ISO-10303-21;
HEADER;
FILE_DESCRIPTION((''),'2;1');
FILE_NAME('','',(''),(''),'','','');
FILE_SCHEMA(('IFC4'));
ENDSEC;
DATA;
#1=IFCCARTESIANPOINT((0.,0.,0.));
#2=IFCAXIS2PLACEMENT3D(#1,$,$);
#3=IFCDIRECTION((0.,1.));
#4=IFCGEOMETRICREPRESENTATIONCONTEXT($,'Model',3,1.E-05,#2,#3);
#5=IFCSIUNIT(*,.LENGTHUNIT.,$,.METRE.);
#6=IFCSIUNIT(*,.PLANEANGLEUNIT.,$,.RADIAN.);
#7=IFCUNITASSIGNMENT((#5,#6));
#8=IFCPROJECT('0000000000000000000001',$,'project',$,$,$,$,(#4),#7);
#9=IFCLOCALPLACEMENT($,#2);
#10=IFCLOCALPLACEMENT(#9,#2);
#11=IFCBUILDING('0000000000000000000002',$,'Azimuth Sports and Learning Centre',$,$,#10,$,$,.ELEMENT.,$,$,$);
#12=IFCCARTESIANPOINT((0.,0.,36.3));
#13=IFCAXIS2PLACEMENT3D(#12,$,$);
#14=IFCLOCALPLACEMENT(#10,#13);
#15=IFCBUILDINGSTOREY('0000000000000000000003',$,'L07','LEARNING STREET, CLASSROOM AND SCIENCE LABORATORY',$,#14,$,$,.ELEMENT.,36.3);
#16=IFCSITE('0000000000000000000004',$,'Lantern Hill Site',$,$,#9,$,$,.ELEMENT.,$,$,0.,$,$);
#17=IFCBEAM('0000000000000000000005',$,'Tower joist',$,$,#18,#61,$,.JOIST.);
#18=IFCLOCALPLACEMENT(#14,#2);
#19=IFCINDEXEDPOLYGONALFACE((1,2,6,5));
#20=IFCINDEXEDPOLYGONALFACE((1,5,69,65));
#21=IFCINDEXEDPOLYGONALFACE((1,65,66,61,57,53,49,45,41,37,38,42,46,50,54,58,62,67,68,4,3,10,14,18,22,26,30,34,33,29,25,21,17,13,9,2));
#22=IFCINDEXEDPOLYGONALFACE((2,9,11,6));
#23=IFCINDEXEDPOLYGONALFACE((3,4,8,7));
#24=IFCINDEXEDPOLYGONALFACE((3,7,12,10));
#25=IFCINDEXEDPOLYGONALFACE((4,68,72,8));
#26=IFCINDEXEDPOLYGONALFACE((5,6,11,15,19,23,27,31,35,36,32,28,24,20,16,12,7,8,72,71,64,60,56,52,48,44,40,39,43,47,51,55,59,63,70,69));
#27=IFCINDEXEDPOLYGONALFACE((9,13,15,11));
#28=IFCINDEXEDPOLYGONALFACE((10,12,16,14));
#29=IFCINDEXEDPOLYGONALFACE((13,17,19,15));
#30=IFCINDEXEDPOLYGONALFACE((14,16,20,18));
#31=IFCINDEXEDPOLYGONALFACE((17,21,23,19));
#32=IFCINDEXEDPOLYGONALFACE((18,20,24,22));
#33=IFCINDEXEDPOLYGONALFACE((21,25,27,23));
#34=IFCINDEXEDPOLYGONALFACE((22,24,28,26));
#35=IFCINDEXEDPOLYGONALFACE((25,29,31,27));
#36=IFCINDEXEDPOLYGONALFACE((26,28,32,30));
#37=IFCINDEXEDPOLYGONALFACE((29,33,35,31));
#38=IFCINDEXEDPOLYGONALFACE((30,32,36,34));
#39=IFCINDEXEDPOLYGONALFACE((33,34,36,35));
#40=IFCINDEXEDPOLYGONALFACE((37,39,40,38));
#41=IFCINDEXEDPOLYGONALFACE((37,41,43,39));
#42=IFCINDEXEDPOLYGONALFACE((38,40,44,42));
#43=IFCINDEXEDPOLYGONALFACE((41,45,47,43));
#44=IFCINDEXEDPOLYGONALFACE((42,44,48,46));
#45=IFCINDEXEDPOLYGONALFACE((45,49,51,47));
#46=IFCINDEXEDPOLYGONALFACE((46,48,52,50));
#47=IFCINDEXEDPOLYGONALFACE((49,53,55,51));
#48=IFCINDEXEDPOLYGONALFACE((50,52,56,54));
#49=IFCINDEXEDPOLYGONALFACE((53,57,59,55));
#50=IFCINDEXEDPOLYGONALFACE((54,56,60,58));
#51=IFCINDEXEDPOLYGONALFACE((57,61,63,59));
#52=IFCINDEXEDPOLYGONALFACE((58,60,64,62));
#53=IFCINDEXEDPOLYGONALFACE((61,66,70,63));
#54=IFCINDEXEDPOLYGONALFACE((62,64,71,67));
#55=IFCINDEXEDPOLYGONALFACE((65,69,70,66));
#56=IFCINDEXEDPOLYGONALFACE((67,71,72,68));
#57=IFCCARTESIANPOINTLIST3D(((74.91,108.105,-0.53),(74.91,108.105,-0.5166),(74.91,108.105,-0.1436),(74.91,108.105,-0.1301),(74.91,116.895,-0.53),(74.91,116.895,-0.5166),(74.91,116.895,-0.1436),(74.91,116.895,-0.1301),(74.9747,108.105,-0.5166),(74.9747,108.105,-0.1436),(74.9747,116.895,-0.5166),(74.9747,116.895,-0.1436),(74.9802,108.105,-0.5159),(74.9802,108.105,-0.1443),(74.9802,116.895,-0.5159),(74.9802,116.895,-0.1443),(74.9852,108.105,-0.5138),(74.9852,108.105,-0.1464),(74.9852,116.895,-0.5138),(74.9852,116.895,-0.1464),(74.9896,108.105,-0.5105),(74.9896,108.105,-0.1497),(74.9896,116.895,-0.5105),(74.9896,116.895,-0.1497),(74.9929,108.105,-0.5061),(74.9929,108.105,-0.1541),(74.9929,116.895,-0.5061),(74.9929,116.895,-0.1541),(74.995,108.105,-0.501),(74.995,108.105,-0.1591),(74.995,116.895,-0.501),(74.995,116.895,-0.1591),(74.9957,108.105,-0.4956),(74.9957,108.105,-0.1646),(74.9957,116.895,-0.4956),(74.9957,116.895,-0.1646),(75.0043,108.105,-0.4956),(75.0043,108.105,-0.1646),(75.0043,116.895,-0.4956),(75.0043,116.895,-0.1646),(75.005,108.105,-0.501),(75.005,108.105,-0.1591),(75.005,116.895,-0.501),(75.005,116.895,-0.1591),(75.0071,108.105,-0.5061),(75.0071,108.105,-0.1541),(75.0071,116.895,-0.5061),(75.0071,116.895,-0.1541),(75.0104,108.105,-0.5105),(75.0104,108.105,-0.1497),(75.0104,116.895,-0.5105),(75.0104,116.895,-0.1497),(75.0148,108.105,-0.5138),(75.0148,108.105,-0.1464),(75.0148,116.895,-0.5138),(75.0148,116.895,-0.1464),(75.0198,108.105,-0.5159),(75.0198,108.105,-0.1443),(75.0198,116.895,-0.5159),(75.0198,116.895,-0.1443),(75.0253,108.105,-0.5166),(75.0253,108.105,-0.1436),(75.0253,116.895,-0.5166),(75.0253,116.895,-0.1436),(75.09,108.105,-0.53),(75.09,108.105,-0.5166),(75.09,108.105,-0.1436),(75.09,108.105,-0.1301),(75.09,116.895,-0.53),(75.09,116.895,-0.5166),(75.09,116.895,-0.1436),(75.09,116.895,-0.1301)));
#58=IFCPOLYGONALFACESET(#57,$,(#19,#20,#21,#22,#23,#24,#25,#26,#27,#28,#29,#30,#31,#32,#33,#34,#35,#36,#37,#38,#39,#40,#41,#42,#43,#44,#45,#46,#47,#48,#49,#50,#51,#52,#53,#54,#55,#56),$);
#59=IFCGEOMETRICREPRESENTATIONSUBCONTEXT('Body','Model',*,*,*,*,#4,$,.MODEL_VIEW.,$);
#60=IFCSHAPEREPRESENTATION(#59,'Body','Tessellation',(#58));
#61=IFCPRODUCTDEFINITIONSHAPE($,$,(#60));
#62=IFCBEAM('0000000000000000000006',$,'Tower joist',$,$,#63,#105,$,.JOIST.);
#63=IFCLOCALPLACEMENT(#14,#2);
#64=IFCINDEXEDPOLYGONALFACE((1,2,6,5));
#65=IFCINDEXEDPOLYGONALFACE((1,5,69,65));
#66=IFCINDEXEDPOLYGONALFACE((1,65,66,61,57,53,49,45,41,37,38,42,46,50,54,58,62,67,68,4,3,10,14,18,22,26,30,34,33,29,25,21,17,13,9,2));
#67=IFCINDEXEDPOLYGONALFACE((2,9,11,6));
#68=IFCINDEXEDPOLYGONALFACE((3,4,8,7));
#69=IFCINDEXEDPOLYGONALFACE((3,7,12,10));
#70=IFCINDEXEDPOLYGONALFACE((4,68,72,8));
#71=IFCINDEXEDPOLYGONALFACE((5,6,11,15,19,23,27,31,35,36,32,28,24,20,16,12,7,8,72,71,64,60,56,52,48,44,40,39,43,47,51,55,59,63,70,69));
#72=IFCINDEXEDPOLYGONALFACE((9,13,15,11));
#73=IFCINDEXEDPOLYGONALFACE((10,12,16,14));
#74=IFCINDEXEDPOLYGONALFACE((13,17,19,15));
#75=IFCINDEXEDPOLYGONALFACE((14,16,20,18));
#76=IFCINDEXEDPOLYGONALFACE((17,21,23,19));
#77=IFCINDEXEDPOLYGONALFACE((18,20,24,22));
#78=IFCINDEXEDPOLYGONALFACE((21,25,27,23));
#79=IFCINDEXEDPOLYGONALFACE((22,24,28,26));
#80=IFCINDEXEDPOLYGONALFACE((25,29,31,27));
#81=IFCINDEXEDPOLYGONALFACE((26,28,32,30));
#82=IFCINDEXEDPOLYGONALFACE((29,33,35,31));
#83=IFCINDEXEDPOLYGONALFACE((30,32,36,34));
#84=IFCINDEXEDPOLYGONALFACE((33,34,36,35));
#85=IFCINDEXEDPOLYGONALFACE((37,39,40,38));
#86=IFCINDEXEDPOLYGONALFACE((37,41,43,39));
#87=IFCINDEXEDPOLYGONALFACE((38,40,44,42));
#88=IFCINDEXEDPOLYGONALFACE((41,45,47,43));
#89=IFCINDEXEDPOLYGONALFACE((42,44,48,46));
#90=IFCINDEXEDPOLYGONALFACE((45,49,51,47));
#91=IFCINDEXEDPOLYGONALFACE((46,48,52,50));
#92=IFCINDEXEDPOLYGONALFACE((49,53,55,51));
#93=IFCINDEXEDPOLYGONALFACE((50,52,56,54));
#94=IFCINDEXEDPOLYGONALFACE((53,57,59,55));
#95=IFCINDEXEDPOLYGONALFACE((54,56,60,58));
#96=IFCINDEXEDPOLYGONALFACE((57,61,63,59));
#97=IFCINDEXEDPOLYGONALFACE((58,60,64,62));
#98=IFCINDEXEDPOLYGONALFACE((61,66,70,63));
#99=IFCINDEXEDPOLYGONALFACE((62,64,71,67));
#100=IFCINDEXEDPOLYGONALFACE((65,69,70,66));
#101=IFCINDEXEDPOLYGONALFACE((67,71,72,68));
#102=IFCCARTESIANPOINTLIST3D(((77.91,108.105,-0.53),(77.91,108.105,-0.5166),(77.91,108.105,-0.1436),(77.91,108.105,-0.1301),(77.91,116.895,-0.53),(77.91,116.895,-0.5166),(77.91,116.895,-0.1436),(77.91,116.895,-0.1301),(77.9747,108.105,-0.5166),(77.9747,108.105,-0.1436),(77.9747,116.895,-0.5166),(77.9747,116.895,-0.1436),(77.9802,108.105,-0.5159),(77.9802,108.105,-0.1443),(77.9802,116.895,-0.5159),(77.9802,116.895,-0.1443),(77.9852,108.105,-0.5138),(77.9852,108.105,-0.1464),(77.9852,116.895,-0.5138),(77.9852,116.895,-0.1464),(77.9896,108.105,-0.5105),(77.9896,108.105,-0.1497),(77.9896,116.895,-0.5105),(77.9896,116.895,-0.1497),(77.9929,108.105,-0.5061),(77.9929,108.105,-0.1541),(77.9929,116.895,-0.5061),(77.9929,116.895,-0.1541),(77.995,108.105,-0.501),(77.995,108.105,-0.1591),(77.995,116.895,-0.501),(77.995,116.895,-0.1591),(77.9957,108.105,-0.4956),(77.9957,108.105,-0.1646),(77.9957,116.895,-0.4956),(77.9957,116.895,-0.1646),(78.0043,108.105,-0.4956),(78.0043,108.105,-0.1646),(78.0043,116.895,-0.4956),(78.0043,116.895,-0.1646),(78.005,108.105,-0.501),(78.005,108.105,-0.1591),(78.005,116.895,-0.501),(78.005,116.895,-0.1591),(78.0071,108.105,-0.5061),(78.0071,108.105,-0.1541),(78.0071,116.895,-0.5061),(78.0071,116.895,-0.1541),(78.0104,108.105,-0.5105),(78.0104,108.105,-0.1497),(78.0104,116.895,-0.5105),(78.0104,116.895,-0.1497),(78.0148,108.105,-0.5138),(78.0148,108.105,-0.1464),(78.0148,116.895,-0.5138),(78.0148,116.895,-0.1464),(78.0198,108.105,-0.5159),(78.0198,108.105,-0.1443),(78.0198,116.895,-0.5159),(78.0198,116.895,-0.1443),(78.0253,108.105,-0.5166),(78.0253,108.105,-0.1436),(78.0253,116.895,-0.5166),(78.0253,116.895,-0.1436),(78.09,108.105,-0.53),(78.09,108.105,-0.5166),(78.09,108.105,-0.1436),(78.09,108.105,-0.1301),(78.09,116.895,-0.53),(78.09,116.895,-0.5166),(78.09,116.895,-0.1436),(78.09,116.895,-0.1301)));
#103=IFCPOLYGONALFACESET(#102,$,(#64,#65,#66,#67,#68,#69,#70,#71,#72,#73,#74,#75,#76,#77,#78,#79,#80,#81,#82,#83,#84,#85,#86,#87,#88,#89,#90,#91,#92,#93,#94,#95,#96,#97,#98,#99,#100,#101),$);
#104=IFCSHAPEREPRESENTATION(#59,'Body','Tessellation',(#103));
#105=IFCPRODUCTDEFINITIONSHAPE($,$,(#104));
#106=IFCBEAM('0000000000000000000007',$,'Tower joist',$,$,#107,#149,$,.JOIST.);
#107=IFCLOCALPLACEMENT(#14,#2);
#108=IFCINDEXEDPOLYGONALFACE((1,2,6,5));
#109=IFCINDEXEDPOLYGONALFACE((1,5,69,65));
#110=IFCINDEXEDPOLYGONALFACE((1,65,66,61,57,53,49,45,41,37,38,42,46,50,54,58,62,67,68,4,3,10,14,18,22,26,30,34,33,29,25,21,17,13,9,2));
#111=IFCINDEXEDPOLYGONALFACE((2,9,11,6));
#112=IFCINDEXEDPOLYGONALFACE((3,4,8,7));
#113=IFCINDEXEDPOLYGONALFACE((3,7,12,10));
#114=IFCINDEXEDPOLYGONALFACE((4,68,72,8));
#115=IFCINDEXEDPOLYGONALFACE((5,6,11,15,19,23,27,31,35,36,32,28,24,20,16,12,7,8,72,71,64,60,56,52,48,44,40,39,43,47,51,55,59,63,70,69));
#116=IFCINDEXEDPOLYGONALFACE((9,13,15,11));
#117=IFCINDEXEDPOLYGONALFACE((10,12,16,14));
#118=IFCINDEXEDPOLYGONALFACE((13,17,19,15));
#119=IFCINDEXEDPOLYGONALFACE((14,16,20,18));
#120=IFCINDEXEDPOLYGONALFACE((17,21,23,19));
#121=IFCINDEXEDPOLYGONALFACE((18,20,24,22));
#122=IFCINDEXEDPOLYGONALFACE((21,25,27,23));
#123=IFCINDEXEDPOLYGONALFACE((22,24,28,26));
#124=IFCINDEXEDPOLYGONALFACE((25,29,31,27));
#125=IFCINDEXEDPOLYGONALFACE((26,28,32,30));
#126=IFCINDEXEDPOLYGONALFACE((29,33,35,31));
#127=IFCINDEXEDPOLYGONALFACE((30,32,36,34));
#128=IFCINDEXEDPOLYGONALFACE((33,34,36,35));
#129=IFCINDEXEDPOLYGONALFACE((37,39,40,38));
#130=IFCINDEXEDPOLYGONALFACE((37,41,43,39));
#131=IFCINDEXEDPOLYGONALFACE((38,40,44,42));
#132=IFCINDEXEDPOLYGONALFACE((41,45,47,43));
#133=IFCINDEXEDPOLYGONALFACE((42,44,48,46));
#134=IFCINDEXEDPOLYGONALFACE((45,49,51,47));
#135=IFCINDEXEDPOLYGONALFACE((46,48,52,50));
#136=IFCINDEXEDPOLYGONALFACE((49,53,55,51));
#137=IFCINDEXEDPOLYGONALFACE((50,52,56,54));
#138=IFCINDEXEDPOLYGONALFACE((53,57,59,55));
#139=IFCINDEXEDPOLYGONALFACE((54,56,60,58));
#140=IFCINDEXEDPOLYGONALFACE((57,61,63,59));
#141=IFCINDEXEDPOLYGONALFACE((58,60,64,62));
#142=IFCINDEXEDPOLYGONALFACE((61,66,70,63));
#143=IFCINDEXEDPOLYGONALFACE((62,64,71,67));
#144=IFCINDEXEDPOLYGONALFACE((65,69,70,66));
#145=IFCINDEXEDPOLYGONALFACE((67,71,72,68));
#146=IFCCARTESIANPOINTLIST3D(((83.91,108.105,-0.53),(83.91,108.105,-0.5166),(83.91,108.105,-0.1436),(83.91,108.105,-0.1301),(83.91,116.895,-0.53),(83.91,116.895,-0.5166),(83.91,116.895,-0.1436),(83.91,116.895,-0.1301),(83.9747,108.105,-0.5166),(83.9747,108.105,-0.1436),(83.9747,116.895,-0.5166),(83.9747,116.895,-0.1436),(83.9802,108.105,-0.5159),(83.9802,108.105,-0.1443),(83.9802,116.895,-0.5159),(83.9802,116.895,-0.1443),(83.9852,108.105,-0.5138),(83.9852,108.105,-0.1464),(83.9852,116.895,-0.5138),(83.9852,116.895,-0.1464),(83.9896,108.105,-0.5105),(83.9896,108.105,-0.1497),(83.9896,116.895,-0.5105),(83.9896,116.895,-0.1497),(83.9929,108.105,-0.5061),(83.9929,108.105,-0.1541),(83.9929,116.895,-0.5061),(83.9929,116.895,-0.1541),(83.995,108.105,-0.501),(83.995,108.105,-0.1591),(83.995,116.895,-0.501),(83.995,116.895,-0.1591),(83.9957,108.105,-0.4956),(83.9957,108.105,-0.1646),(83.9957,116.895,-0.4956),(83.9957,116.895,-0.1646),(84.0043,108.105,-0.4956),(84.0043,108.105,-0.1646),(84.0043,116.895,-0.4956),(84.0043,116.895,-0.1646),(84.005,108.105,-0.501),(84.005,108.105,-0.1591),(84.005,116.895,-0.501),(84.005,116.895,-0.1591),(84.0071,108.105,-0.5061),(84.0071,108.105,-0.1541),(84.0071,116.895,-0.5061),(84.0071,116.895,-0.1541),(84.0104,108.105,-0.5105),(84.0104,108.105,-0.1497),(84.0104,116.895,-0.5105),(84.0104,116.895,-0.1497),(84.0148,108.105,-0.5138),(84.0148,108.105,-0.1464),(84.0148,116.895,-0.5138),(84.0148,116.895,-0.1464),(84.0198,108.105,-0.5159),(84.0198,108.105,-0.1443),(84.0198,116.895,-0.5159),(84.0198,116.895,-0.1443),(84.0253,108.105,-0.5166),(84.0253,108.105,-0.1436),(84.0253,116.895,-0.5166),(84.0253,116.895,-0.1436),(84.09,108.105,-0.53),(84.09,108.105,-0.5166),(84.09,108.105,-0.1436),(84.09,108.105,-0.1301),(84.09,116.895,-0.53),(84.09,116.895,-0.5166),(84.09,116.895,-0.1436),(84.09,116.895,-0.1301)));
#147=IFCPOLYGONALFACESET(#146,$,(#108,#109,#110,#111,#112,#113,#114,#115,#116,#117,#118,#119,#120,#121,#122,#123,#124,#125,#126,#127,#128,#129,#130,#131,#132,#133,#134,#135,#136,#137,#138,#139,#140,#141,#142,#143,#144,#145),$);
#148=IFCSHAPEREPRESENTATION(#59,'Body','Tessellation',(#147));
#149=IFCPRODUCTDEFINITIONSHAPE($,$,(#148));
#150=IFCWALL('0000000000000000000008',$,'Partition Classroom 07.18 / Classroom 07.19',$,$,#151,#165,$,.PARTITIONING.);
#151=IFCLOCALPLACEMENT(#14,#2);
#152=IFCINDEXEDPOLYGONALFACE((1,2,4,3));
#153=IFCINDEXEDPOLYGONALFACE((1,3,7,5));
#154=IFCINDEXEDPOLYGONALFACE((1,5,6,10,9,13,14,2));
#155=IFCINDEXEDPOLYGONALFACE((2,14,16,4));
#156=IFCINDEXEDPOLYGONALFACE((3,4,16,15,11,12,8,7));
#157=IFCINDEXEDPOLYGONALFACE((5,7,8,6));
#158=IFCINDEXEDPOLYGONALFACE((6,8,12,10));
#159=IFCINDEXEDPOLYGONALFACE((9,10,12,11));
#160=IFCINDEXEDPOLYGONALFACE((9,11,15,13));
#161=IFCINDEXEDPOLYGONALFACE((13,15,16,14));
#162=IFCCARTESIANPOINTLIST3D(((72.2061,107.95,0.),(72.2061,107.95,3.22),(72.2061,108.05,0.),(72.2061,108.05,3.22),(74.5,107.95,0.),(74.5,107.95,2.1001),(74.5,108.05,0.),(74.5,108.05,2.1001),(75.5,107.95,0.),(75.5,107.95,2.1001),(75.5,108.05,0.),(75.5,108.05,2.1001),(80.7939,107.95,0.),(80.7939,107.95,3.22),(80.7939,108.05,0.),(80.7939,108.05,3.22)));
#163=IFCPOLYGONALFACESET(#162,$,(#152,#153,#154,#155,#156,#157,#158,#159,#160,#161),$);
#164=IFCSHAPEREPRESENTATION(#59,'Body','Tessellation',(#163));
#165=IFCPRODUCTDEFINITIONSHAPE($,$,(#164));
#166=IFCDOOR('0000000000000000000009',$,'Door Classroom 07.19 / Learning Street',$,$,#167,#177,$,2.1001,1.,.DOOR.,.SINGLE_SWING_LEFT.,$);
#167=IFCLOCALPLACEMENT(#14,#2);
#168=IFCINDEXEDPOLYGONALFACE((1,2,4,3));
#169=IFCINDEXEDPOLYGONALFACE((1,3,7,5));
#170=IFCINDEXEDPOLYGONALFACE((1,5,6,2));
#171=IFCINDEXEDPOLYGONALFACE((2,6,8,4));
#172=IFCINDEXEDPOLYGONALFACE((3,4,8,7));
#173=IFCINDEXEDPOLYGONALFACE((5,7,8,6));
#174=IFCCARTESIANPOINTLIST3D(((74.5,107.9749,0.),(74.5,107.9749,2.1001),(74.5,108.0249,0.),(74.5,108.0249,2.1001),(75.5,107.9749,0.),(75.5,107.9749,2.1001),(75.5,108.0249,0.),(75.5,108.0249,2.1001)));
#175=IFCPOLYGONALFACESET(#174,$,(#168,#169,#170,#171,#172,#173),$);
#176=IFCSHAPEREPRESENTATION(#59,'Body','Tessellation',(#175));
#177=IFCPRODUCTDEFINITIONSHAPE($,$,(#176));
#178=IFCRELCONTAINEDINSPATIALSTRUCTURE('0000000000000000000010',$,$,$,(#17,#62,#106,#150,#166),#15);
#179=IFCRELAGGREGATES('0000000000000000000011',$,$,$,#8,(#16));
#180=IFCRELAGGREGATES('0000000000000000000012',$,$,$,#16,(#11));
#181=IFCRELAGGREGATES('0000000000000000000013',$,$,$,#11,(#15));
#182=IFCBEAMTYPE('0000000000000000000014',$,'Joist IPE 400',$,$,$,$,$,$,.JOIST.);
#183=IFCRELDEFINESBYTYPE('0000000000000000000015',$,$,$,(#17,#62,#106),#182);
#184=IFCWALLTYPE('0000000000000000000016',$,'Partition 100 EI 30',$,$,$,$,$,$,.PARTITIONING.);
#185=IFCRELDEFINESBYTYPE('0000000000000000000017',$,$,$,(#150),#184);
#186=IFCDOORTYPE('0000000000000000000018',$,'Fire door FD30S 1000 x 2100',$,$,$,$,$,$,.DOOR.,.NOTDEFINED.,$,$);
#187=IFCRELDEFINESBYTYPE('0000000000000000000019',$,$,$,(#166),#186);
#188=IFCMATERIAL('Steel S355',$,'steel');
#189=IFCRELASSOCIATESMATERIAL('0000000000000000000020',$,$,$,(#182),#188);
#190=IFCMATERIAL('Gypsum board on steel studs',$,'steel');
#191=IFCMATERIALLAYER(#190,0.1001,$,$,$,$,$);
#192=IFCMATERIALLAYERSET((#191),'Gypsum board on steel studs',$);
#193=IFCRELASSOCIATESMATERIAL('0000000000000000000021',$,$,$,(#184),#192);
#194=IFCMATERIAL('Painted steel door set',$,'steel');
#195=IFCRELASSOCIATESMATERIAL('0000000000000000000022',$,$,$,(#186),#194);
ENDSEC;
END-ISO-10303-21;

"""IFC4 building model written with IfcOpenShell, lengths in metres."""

from ifc_helpers import new_model, si_unit, direction, frame, frame_2d, origin, origin_2d, place, context, subcontext, project, spatial, rectangle, i_section, extrude, material, layer, layer_set, material_profile, profile_set, type_object, element, fill, save


model = new_model("IFC4")

# Units and contexts
model_context = context("Model", 3, precision=1e-05, world=origin(), true_north=direction((0.0, 1.0)))
body_context = subcontext(model_context, "Body", "Model", "MODEL_VIEW")
ifc_project = project(units=[si_unit("LENGTHUNIT", "METRE"), si_unit("PLANEANGLEUNIT", "RADIAN")], contexts=[model_context])

# Site, building, storey
site_placement = place(None, origin())
site = spatial("IfcSite", under=ifc_project, at=site_placement, Name="Lantern Hill Site", CompositionType="ELEMENT", RefElevation=0.0)
building_placement = place(site_placement, origin())
building = spatial("IfcBuilding", under=site, at=building_placement, Name="Azimuth Sports and Learning Centre", CompositionType="ELEMENT")
storey_placement = place(building_placement, frame((0.0, 0.0, 36.3)))
storey = spatial("IfcBuildingStorey", under=building, at=storey_placement, Name="L07", Description="LEARNING STREET, CLASSROOM AND SCIENCE LABORATORY", CompositionType="ELEMENT", Elevation=36.3)

# Beams
ifc_material_1 = material(Name="Steel S355", Category="steel")
ifc_material_profile_1 = material_profile(ifc_material_1, i_section(OverallWidth=0.1799, OverallDepth=0.3999, WebThickness=0.0085, FlangeThickness=0.0134, FilletRadius=0.021, at=origin_2d()), Name="IPE 400")
ifc_profile_set_1 = profile_set([ifc_material_profile_1], Name="Steel S355")
beam_type_1 = type_object("IfcBeamType", Name="Joist IPE 400", PredefinedType="JOIST", material=ifc_profile_set_1)
for number, where, z_axis, x_axis, name in (
    (1, (75.0, 108.105, -0.3301), (0.0, 1.0, 0.0), (-1.0, 0.0, 0.0), "Tower joist"),
    (2, (78.0, 108.105, -0.3301), (0.0, 1.0, 0.0), (-1.0, 0.0, 0.0), "Tower joist"),
    (3, (84.0, 108.105, -0.3301), (0.0, 1.0, 0.0), (-1.0, 0.0, 0.0), "Tower joist"),
):
    element("IfcBeam", number, at=place(storey_placement, frame(where, z_axis=z_axis, x_axis=x_axis)), inside=storey, type_object=beam_type_1, Name=name, PredefinedType="JOIST", context=body_context, shape_type="SweptSolid", body=[
        extrude(i_section(OverallWidth=0.1799, OverallDepth=0.3999, WebThickness=0.0085, FlangeThickness=0.0134, FilletRadius=0.021, at=origin_2d()), origin(), (0.0, 0.0, 1.0), 8.79),
    ])

# Wall, opening, door
ifc_material_2 = material(Name="Gypsum board on steel studs", Category="steel")
ifc_layer_1 = layer(ifc_material_2, 0.1001)
ifc_layer_set_1 = layer_set([ifc_layer_1], Name="Gypsum board on steel studs")
wall_type_1 = type_object("IfcWallType", Name="Partition 100 EI 30", PredefinedType="PARTITIONING", material=ifc_layer_set_1)
wall_1_placement = place(storey_placement, frame((72.2061, 108.0, 0.0), z_axis=(0.0, 0.0, 1.0), x_axis=(1.0, 0.0, 0.0)))
wall_1 = element("IfcWall", 4, at=wall_1_placement, inside=storey, type_object=wall_type_1, Name="Partition Classroom 07.18 / Classroom 07.19", PredefinedType="PARTITIONING", context=body_context, shape_type="SweptSolid", body=[
    extrude(rectangle(XDim=8.5879, YDim=0.1001, at=frame_2d((4.2939, 0.0))), origin(), (0.0, 0.0, 1.0), 3.22),
])
opening_1_placement = place(wall_1_placement, frame((2.2939, 0.0, 0.0)))
opening_1 = element("IfcOpeningElement", 5, at=opening_1_placement, cuts=wall_1, PredefinedType="OPENING", context=body_context, shape_type="SweptSolid", body=[
    extrude(rectangle(XDim=1.0, YDim=2.1001, at=frame_2d((0.5, 1.05))), frame((0.0, 0.061, 0.0), z_axis=(0.0, -1.0, 0.0), x_axis=(1.0, 0.0, 0.0)), (0.0, 0.0, 1.0), 0.1221),
])
ifc_material_3 = material(Name="Painted steel door set", Category="steel")
door_type = type_object("IfcDoorType", Name="Fire door FD30S 1000 x 2100", OperationType="NOTDEFINED", PredefinedType="DOOR", material=ifc_material_3)
door_1_placement = place(opening_1_placement, origin())
door_1 = element("IfcDoor", 6, at=door_1_placement, inside=storey, type_object=door_type, Name="Door Classroom 07.19 / Learning Street", OperationType="SINGLE_SWING_LEFT", OverallHeight=2.1001, OverallWidth=1.0, PredefinedType="DOOR", context=body_context, shape_type="SweptSolid", body=[
    extrude(rectangle(XDim=1.0, YDim=2.1001, at=frame_2d((0.5, 1.05))), frame((0.0, 0.0249, 0.0), z_axis=(0.0, -1.0, 0.0), x_axis=(1.0, 0.0, 0.0)), (0.0, 0.0, 1.0), 0.05),
])
fill(opening_1, door_1)

save(model, "model.ifc")
